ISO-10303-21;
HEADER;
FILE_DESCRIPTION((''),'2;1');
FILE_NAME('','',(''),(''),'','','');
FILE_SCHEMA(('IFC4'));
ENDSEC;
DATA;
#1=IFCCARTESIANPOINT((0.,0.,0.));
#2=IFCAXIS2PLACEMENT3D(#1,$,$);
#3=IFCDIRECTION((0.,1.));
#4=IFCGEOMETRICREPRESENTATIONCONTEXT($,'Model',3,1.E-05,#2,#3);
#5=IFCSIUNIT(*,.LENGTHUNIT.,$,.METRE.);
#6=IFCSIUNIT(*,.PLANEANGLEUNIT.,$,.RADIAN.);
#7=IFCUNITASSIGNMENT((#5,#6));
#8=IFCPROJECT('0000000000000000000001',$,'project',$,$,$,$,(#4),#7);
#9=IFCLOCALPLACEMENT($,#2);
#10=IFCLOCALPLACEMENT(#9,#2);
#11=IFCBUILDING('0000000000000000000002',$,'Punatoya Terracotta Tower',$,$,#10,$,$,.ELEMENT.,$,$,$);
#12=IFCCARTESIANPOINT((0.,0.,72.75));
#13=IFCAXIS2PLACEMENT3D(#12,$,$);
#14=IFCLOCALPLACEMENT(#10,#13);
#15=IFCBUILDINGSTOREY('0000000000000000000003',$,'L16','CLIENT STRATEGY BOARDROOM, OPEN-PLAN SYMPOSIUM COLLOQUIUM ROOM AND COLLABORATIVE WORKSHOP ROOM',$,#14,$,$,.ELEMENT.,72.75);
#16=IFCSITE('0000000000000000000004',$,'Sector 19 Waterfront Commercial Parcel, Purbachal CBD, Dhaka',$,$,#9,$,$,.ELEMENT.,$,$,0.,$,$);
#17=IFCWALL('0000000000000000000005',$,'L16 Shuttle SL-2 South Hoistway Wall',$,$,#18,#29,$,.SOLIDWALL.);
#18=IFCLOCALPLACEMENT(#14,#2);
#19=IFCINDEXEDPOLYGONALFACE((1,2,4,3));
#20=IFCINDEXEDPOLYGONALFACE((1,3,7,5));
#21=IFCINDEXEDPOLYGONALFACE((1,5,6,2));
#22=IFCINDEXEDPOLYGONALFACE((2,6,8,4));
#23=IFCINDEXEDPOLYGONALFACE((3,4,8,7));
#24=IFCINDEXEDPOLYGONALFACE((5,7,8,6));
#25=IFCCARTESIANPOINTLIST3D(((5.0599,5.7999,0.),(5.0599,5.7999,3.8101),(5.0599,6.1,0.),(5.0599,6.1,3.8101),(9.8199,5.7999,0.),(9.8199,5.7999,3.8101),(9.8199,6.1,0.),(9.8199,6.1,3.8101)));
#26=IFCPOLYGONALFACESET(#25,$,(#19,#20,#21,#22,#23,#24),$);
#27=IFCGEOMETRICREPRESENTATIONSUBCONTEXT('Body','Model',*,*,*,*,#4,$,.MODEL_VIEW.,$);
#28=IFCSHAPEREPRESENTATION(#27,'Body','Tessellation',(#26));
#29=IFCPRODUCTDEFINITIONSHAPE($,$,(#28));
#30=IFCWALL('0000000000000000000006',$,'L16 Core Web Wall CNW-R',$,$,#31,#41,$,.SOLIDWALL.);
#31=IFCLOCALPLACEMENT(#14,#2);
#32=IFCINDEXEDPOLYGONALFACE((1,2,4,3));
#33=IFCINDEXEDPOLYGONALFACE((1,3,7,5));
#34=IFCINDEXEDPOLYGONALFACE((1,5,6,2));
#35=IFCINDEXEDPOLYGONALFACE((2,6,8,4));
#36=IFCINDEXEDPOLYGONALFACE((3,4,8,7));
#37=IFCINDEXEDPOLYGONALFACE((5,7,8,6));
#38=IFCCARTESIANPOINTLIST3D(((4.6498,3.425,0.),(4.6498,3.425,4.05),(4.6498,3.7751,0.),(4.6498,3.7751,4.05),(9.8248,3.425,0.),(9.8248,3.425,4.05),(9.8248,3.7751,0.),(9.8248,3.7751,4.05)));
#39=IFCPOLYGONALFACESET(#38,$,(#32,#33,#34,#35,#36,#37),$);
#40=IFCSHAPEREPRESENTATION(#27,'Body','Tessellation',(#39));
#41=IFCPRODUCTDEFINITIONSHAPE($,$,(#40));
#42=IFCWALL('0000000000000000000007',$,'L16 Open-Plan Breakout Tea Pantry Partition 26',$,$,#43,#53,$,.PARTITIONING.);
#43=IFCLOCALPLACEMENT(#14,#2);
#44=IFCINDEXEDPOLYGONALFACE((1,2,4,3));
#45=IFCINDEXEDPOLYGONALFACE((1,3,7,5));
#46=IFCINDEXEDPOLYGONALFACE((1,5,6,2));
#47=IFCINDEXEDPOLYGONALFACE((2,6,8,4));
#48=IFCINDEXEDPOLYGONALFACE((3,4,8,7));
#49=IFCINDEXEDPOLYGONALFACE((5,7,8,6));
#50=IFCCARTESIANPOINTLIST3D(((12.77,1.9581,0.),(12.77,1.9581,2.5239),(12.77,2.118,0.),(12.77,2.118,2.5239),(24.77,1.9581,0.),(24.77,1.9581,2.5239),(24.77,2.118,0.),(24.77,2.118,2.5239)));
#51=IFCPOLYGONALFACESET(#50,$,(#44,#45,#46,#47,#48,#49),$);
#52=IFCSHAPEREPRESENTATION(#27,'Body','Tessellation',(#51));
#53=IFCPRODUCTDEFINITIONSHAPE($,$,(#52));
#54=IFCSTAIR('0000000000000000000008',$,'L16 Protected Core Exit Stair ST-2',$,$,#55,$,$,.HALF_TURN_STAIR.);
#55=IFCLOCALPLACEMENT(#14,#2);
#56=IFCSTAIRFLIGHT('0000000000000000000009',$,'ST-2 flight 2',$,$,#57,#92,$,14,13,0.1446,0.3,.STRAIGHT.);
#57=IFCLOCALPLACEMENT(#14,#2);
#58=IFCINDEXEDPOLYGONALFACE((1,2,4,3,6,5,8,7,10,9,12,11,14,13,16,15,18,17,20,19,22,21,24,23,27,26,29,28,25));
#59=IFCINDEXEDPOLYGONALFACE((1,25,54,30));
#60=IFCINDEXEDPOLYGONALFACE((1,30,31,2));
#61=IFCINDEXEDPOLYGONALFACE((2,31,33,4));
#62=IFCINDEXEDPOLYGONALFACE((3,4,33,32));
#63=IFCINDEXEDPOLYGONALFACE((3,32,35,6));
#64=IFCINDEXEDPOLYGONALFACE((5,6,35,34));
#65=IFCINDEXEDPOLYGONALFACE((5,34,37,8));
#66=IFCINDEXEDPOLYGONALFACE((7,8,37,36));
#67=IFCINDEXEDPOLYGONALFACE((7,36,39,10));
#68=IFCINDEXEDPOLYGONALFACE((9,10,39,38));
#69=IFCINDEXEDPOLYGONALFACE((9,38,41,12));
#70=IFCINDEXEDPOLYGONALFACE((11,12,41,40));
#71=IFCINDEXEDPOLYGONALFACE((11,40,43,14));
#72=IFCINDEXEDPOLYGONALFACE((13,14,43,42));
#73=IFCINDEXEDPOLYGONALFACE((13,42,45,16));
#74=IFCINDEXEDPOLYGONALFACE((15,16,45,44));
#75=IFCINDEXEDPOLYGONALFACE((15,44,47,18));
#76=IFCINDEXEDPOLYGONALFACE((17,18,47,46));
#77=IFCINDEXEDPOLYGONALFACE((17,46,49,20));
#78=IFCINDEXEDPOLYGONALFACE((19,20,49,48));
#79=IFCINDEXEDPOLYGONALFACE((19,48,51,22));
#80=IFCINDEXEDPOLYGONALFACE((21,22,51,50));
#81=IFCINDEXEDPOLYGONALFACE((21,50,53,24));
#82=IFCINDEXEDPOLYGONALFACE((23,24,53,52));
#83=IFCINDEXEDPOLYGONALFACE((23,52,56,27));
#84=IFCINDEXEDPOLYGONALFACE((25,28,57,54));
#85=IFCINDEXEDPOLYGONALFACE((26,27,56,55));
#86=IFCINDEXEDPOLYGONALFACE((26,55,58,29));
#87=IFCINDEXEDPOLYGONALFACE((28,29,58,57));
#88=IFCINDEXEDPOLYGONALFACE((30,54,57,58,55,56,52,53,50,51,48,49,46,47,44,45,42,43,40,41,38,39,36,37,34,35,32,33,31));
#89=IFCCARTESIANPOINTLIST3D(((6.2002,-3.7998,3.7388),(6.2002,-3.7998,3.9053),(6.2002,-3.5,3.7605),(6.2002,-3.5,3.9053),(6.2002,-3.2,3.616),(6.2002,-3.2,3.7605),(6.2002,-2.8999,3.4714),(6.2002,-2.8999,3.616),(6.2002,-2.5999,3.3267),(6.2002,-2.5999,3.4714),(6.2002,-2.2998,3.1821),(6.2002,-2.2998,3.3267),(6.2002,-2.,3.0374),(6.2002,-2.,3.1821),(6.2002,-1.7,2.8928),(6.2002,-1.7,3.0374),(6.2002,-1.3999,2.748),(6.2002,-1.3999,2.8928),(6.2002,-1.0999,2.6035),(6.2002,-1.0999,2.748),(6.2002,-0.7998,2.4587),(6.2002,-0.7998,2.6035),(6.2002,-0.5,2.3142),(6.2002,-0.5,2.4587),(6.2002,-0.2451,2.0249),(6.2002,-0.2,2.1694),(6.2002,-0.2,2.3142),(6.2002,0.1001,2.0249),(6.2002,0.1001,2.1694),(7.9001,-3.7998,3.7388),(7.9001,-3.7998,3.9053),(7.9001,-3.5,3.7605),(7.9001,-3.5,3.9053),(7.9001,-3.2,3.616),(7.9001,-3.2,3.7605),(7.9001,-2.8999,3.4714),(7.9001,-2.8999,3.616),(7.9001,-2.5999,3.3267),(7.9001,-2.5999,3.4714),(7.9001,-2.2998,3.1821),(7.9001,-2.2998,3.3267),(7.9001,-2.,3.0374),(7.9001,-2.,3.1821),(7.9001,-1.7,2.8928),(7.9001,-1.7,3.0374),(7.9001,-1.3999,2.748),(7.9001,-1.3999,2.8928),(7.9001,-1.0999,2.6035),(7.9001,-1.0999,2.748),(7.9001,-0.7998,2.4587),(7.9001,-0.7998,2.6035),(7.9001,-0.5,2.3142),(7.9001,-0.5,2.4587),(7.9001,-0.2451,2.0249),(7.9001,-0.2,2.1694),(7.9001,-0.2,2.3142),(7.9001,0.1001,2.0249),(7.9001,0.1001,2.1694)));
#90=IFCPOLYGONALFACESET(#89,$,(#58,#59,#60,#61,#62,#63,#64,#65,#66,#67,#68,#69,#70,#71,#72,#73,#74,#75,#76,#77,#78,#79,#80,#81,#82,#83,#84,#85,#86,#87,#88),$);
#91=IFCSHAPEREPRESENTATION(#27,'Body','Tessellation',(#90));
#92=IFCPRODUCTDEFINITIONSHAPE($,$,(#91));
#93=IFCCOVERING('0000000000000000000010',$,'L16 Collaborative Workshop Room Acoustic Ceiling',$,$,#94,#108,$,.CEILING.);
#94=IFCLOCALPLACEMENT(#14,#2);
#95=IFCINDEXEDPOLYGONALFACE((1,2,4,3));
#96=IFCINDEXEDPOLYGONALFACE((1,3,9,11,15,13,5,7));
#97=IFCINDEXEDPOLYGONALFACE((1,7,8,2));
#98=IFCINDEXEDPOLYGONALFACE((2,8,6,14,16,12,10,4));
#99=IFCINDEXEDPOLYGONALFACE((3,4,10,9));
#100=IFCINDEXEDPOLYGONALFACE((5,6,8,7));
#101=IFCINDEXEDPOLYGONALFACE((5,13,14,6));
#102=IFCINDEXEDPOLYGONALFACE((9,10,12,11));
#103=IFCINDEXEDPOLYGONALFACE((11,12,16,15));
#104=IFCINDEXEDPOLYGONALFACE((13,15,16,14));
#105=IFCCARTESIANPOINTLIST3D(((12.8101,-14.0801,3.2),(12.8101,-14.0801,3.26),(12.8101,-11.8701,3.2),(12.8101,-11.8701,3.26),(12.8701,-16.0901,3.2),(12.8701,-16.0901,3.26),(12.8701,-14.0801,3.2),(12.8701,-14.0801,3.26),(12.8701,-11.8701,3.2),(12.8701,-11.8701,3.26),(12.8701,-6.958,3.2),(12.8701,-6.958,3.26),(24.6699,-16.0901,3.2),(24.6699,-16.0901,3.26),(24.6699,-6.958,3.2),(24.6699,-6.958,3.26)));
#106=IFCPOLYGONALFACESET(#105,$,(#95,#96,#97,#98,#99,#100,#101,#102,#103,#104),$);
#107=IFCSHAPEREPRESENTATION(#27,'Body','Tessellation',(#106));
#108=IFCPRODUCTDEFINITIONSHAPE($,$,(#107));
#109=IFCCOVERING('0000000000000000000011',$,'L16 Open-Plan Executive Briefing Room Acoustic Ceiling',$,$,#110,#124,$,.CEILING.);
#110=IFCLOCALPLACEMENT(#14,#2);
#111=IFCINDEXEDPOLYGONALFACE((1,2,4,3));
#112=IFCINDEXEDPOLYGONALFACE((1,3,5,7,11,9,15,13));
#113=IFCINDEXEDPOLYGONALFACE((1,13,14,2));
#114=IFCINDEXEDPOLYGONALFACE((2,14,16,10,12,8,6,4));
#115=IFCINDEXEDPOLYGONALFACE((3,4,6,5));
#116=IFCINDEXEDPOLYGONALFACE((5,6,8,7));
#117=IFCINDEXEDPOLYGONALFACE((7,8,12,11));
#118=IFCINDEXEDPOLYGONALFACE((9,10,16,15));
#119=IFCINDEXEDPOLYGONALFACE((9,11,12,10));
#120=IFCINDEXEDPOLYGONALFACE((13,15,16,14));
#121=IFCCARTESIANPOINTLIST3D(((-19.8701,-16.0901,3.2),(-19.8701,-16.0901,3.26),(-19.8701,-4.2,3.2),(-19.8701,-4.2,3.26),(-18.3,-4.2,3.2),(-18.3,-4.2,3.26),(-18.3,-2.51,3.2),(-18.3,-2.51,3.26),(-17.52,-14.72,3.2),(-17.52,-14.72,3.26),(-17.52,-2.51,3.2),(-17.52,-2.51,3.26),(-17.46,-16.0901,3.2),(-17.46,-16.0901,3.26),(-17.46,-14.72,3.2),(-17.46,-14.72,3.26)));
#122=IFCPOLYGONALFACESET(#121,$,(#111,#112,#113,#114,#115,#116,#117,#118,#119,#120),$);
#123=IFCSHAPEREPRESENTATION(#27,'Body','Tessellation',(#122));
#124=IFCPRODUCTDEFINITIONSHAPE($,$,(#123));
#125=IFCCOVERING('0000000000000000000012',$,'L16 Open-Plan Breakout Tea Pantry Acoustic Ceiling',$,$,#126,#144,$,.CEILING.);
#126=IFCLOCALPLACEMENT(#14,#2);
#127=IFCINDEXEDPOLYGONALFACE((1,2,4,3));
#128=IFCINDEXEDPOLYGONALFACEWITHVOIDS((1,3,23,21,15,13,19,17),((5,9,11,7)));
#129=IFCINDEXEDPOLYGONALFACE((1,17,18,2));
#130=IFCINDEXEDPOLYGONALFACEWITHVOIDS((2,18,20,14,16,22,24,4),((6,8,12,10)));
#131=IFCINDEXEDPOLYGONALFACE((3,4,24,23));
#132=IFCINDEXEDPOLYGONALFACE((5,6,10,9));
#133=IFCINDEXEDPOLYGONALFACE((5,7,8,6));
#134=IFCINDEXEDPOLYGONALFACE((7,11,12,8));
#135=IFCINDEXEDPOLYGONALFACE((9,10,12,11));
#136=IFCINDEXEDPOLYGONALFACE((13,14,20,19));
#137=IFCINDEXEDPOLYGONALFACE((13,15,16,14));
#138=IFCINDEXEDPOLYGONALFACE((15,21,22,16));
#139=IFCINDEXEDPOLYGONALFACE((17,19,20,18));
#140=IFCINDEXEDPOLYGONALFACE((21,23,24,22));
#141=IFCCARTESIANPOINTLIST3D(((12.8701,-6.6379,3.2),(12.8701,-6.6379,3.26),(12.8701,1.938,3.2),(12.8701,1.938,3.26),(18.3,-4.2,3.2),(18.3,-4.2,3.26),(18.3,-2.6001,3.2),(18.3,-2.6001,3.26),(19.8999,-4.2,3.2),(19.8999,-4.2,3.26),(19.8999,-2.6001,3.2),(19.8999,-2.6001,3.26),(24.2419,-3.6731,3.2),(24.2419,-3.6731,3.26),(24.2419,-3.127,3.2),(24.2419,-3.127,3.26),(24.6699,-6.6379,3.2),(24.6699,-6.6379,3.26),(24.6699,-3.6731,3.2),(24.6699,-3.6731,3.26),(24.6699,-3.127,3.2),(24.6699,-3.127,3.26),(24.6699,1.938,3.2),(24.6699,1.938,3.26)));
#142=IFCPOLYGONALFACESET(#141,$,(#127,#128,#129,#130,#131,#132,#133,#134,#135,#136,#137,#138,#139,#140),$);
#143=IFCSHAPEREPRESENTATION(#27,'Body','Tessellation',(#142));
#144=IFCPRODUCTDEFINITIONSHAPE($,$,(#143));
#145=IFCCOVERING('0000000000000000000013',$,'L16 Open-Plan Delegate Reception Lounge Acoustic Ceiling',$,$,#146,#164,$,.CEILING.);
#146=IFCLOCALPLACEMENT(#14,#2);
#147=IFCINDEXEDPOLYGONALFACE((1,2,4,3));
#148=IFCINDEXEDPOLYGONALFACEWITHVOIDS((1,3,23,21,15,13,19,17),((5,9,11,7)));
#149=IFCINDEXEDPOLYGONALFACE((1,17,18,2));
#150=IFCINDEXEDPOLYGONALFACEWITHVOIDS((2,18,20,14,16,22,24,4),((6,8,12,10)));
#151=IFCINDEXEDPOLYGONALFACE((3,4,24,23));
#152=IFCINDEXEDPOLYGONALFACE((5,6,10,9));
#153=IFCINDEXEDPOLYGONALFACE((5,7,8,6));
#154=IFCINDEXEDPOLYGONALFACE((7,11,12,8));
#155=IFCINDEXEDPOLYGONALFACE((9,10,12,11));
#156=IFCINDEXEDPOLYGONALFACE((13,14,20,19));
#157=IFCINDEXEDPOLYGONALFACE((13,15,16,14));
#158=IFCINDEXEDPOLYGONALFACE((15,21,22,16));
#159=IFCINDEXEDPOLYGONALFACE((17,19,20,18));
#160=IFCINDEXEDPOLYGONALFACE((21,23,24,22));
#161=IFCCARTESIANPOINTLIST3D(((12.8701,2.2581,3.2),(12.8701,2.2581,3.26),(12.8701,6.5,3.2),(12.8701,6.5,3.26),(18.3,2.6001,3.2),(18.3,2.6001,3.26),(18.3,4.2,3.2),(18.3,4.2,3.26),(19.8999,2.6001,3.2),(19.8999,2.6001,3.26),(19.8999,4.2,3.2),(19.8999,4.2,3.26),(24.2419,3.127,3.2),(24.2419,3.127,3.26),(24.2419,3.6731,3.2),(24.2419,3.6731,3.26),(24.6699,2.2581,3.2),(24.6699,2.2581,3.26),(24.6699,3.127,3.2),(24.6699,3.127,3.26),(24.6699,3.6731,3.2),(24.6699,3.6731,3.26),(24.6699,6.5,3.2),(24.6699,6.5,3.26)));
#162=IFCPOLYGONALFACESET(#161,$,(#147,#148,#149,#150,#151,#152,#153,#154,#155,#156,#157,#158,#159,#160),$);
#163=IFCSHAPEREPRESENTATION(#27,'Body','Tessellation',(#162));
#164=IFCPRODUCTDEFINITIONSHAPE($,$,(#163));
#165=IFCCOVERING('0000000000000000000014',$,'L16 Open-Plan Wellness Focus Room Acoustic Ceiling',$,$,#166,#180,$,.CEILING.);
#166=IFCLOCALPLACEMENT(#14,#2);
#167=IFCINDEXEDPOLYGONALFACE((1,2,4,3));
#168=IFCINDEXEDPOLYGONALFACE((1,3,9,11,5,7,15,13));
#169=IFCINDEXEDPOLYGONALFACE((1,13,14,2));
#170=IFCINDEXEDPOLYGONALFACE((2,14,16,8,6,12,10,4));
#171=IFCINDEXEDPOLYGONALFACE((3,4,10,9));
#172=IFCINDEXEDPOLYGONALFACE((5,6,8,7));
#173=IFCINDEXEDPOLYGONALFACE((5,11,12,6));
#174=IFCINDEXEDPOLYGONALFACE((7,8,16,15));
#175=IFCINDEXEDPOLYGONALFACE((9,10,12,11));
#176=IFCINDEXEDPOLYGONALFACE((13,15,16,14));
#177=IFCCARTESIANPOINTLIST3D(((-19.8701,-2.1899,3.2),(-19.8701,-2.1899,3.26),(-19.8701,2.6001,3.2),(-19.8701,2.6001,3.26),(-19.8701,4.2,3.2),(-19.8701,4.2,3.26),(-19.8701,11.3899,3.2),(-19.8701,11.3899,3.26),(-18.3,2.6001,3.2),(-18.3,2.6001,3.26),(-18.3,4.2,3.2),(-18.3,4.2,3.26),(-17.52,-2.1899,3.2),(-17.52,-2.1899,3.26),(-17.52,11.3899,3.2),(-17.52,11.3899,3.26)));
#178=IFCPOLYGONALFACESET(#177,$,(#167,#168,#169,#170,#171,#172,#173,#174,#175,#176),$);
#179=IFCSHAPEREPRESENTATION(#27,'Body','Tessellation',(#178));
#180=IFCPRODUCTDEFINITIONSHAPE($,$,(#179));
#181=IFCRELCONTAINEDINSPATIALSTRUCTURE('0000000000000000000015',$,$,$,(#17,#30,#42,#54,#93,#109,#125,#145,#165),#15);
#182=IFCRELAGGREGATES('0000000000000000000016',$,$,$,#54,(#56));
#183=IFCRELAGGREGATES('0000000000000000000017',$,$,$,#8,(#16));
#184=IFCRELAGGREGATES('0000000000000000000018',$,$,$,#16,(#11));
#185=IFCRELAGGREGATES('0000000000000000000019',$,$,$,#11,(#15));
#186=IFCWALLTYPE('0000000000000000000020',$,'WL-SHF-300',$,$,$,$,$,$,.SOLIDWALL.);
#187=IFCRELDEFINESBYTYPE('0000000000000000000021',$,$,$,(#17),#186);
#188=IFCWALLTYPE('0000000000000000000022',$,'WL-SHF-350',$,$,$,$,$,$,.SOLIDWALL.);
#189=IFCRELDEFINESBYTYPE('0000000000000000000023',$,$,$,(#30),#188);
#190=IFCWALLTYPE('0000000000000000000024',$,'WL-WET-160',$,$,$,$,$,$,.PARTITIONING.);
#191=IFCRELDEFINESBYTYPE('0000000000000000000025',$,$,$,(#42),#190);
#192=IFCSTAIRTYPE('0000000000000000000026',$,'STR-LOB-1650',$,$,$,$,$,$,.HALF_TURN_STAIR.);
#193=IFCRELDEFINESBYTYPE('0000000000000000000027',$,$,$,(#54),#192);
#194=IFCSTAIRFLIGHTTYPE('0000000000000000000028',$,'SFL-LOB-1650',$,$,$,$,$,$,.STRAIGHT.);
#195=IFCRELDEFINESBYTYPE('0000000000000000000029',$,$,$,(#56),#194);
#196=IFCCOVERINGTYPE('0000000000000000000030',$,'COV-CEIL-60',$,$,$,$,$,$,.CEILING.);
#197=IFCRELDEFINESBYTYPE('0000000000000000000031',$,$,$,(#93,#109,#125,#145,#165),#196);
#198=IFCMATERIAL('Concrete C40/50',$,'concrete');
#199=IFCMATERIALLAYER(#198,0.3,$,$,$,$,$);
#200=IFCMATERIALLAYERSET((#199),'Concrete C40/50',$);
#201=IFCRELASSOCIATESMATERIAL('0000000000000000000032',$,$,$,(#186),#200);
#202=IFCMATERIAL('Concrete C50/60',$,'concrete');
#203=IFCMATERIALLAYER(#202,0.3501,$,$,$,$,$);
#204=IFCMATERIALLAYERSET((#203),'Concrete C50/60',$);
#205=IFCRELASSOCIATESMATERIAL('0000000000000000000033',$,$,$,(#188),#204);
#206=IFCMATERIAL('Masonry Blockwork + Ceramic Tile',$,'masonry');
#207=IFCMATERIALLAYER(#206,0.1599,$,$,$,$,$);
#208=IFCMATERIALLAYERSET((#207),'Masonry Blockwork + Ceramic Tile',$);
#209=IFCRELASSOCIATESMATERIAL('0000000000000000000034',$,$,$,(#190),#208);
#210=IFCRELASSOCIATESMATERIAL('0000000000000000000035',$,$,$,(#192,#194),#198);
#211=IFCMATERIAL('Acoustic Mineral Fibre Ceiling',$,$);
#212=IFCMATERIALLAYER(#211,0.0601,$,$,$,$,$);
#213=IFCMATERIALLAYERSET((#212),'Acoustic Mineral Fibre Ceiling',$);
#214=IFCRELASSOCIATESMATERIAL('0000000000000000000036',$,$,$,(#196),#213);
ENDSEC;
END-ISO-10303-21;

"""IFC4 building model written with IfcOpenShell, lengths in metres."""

from ifc_helpers import new_model, si_unit, direction, frame, frame_2d, origin, place, context, subcontext, project, spatial, polyline, rectangle, outline, extrude, material, layer, layer_set, type_object, element, aggregate, save


model = new_model("IFC4")

# Units and contexts
model_context = context("Model", 3, precision=1e-05, world=origin(), true_north=direction((0.0, 1.0)))
body_context = subcontext(model_context, "Body", "Model", "MODEL_VIEW")
ifc_project = project(units=[si_unit("LENGTHUNIT", "METRE"), si_unit("PLANEANGLEUNIT", "RADIAN")], contexts=[model_context])

# Site, building, storey
site_placement = place(None, origin())
site = spatial("IfcSite", under=ifc_project, at=site_placement, Name="Sector 19 Waterfront Commercial Parcel, Purbachal CBD, Dhaka", CompositionType="ELEMENT", RefElevation=0.0)
building_placement = place(site_placement, origin())
building = spatial("IfcBuilding", under=site, at=building_placement, Name="Punatoya Terracotta Tower", CompositionType="ELEMENT")
storey_placement = place(building_placement, frame((0.0, 0.0, 72.75)))
storey = spatial("IfcBuildingStorey", under=building, at=storey_placement, Name="L16", Description="CLIENT STRATEGY BOARDROOM, OPEN-PLAN SYMPOSIUM COLLOQUIUM ROOM AND COLLABORATIVE WORKSHOP ROOM", CompositionType="ELEMENT", Elevation=72.75)

# Shared definitions
ifc_material_1 = material(Name="Concrete C40/50", Category="concrete")

# Walls
ifc_layer_1 = layer(ifc_material_1, 0.3)
ifc_layer_set_1 = layer_set([ifc_layer_1], Name="Concrete C40/50")
wall_type_1 = type_object("IfcWallType", Name="WL-SHF-300", PredefinedType="SOLIDWALL", material=ifc_layer_set_1)
wall_1_placement = place(storey_placement, frame((5.0601, 5.95, 0.0), z_axis=(0.0, 0.0, 1.0), x_axis=(1.0, 0.0, 0.0)))
element("IfcWall", 1, at=wall_1_placement, inside=storey, type_object=wall_type_1, Name="L16 Shuttle SL-2 South Hoistway Wall", PredefinedType="SOLIDWALL", context=body_context, shape_type="SweptSolid", body=[
    extrude(rectangle(XDim=4.76, YDim=0.3, at=frame_2d((2.3799, 0.0))), origin(), (0.0, 0.0, 1.0), 3.8101),
])
ifc_material_2 = material(Name="Concrete C50/60", Category="concrete")
ifc_layer_2 = layer(ifc_material_2, 0.3501)
ifc_layer_set_2 = layer_set([ifc_layer_2], Name="Concrete C50/60")
wall_type_2 = type_object("IfcWallType", Name="WL-SHF-350", PredefinedType="SOLIDWALL", material=ifc_layer_set_2)
wall_2_placement = place(storey_placement, frame((4.6499, 3.6001, 0.0), z_axis=(0.0, 0.0, 1.0), x_axis=(1.0, 0.0, 0.0)))
element("IfcWall", 2, at=wall_2_placement, inside=storey, type_object=wall_type_2, Name="L16 Core Web Wall CNW-R", PredefinedType="SOLIDWALL", context=body_context, shape_type="SweptSolid", body=[
    extrude(rectangle(XDim=5.175, YDim=0.3501, at=frame_2d((2.5874, 0.0))), origin(), (0.0, 0.0, 1.0), 4.05),
])
ifc_material_3 = material(Name="Masonry Blockwork + Ceramic Tile", Category="masonry")
ifc_layer_3 = layer(ifc_material_3, 0.1599)
ifc_layer_set_3 = layer_set([ifc_layer_3], Name="Masonry Blockwork + Ceramic Tile")
wall_type_3 = type_object("IfcWallType", Name="WL-WET-160", PredefinedType="PARTITIONING", material=ifc_layer_set_3)
wall_3_placement = place(storey_placement, frame((12.77, 2.0381, 0.0), z_axis=(0.0, 0.0, 1.0), x_axis=(1.0, 0.0, 0.0)))
element("IfcWall", 3, at=wall_3_placement, inside=storey, type_object=wall_type_3, Name="L16 Open-Plan Breakout Tea Pantry Partition 26", PredefinedType="PARTITIONING", context=body_context, shape_type="SweptSolid", body=[
    extrude(rectangle(XDim=12.0, YDim=0.1599, at=frame_2d((6.0, 0.0))), origin(), (0.0, 0.0, 1.0), 2.5239),
])

# Stair, stair flight
stair_type = type_object("IfcStairType", Name="STR-LOB-1650", PredefinedType="HALF_TURN_STAIR", material=ifc_material_1)
stair_placement = place(storey_placement, origin())
stair = element("IfcStair", 4, at=stair_placement, inside=storey, type_object=stair_type, Name="L16 Protected Core Exit Stair ST-2", PredefinedType="HALF_TURN_STAIR")
stair_flight_type = type_object("IfcStairFlightType", Name="SFL-LOB-1650", PredefinedType="STRAIGHT", material=ifc_material_1)
stair_flight_placement = place(storey_placement, frame((7.05, 0.1001, 2.0249), z_axis=(0.0, 0.0, 1.0), x_axis=(0.0, -1.0, 0.0)))
stair_flight = element("IfcStairFlight", 5, at=stair_flight_placement, type_object=stair_flight_type, Name="ST-2 flight 2", NumberOfRisers=14, NumberOfTreads=13, PredefinedType="STRAIGHT", RiserHeight=0.1446, TreadLength=0.3, context=body_context, shape_type="SweptSolid", body=[
    extrude(outline(polyline([(0.0, 0.0), (0.0, 0.1445), (0.3, 0.1445), (0.3, 0.2893), (0.6001, 0.2893), (0.6001, 0.4338), (0.8999, 0.4338), (0.8999, 0.5786), (1.2, 0.5786), (1.2, 0.7231), (1.5, 0.7231), (1.5, 0.8679), (1.8, 0.8679), (1.8, 1.0125), (2.1001, 1.0125), (2.1001, 1.1572), (2.3999, 1.1572), (2.3999, 1.3018), (2.7, 1.3018), (2.7, 1.4465), (3.0, 1.4465), (3.0, 1.5911), (3.3, 1.5911), (3.3, 1.7356), (3.6001, 1.7356), (3.6001, 1.8804), (3.8999, 1.8804), (3.8999, 2.0249), (3.8999, 1.7139), (0.3452, 0.0), (0.0, 0.0)])), frame((0.0, 0.8501, 0.0), z_axis=(0.0, -1.0, 0.0), x_axis=(1.0, 0.0, 0.0)), (0.0, 0.0, 1.0), 1.7),
])
aggregate(stair, [stair_flight])

# Coverings
ifc_material_4 = material(Name="Acoustic Mineral Fibre Ceiling")
ifc_layer_4 = layer(ifc_material_4, 0.0601)
ifc_layer_set_4 = layer_set([ifc_layer_4], Name="Acoustic Mineral Fibre Ceiling")
covering_type = type_object("IfcCoveringType", Name="COV-CEIL-60", PredefinedType="CEILING", material=ifc_layer_set_4)
covering_1_placement = place(storey_placement, frame((0.0, 0.0, 3.2)))
element("IfcCovering", 6, at=covering_1_placement, inside=storey, type_object=covering_type, Name="L16 Collaborative Workshop Room Acoustic Ceiling", PredefinedType="CEILING", context=body_context, shape_type="SweptSolid", body=[
    extrude(outline(polyline([(12.8101, -14.0801), (12.8701, -14.0801), (12.8701, -16.0901), (24.6699, -16.0901), (24.6699, -6.958), (12.8701, -6.958), (12.8701, -11.8701), (12.8101, -11.8701), (12.8101, -14.0801)])), origin(), (0.0, 0.0, 1.0), 0.0601),
])
covering_2_placement = place(storey_placement, frame((0.0, 0.0, 3.2)))
element("IfcCovering", 7, at=covering_2_placement, inside=storey, type_object=covering_type, Name="L16 Open-Plan Executive Briefing Room Acoustic Ceiling", PredefinedType="CEILING", context=body_context, shape_type="SweptSolid", body=[
    extrude(outline(polyline([(-18.3, -2.51), (-18.3, -4.2), (-19.8701, -4.2), (-19.8701, -16.0901), (-17.46, -16.0901), (-17.46, -14.72), (-17.52, -14.72), (-17.52, -2.51), (-18.3, -2.51)])), origin(), (0.0, 0.0, 1.0), 0.0601),
])
covering_3_placement = place(storey_placement, frame((0.0, 0.0, 3.2)))
element("IfcCovering", 8, at=covering_3_placement, inside=storey, type_object=covering_type, Name="L16 Open-Plan Breakout Tea Pantry Acoustic Ceiling", PredefinedType="CEILING", context=body_context, shape_type="SweptSolid", body=[
    extrude(outline(polyline([(24.2419, -3.6731), (24.2419, -3.127), (24.6699, -3.127), (24.6699, 1.938), (12.8701, 1.938), (12.8701, -6.6379), (24.6699, -6.6379), (24.6699, -3.6731), (24.2419, -3.6731)]), holes=[polyline([(18.3, -4.2), (18.3, -2.6001), (19.8999, -2.6001), (19.8999, -4.2), (18.3, -4.2)])]), origin(), (0.0, 0.0, 1.0), 0.0601),
])
covering_4_placement = place(storey_placement, frame((0.0, 0.0, 3.2)))
element("IfcCovering", 9, at=covering_4_placement, inside=storey, type_object=covering_type, Name="L16 Open-Plan Delegate Reception Lounge Acoustic Ceiling", PredefinedType="CEILING", context=body_context, shape_type="SweptSolid", body=[
    extrude(outline(polyline([(12.8701, 6.5), (12.8701, 2.2581), (24.6699, 2.2581), (24.6699, 3.127), (24.2419, 3.127), (24.2419, 3.6731), (24.6699, 3.6731), (24.6699, 6.5), (12.8701, 6.5)]), holes=[polyline([(18.3, 4.2), (19.8999, 4.2), (19.8999, 2.6001), (18.3, 2.6001), (18.3, 4.2)])]), origin(), (0.0, 0.0, 1.0), 0.0601),
])
covering_5_placement = place(storey_placement, frame((0.0, 0.0, 3.2)))
element("IfcCovering", 10, at=covering_5_placement, inside=storey, type_object=covering_type, Name="L16 Open-Plan Wellness Focus Room Acoustic Ceiling", PredefinedType="CEILING", context=body_context, shape_type="SweptSolid", body=[
    extrude(outline(polyline([(-19.8701, 2.6001), (-19.8701, -2.1899), (-17.52, -2.1899), (-17.52, 11.3899), (-19.8701, 11.3899), (-19.8701, 4.2), (-18.3, 4.2), (-18.3, 2.6001), (-19.8701, 2.6001)])), origin(), (0.0, 0.0, 1.0), 0.0601),
])

save(model, "model.ifc")
